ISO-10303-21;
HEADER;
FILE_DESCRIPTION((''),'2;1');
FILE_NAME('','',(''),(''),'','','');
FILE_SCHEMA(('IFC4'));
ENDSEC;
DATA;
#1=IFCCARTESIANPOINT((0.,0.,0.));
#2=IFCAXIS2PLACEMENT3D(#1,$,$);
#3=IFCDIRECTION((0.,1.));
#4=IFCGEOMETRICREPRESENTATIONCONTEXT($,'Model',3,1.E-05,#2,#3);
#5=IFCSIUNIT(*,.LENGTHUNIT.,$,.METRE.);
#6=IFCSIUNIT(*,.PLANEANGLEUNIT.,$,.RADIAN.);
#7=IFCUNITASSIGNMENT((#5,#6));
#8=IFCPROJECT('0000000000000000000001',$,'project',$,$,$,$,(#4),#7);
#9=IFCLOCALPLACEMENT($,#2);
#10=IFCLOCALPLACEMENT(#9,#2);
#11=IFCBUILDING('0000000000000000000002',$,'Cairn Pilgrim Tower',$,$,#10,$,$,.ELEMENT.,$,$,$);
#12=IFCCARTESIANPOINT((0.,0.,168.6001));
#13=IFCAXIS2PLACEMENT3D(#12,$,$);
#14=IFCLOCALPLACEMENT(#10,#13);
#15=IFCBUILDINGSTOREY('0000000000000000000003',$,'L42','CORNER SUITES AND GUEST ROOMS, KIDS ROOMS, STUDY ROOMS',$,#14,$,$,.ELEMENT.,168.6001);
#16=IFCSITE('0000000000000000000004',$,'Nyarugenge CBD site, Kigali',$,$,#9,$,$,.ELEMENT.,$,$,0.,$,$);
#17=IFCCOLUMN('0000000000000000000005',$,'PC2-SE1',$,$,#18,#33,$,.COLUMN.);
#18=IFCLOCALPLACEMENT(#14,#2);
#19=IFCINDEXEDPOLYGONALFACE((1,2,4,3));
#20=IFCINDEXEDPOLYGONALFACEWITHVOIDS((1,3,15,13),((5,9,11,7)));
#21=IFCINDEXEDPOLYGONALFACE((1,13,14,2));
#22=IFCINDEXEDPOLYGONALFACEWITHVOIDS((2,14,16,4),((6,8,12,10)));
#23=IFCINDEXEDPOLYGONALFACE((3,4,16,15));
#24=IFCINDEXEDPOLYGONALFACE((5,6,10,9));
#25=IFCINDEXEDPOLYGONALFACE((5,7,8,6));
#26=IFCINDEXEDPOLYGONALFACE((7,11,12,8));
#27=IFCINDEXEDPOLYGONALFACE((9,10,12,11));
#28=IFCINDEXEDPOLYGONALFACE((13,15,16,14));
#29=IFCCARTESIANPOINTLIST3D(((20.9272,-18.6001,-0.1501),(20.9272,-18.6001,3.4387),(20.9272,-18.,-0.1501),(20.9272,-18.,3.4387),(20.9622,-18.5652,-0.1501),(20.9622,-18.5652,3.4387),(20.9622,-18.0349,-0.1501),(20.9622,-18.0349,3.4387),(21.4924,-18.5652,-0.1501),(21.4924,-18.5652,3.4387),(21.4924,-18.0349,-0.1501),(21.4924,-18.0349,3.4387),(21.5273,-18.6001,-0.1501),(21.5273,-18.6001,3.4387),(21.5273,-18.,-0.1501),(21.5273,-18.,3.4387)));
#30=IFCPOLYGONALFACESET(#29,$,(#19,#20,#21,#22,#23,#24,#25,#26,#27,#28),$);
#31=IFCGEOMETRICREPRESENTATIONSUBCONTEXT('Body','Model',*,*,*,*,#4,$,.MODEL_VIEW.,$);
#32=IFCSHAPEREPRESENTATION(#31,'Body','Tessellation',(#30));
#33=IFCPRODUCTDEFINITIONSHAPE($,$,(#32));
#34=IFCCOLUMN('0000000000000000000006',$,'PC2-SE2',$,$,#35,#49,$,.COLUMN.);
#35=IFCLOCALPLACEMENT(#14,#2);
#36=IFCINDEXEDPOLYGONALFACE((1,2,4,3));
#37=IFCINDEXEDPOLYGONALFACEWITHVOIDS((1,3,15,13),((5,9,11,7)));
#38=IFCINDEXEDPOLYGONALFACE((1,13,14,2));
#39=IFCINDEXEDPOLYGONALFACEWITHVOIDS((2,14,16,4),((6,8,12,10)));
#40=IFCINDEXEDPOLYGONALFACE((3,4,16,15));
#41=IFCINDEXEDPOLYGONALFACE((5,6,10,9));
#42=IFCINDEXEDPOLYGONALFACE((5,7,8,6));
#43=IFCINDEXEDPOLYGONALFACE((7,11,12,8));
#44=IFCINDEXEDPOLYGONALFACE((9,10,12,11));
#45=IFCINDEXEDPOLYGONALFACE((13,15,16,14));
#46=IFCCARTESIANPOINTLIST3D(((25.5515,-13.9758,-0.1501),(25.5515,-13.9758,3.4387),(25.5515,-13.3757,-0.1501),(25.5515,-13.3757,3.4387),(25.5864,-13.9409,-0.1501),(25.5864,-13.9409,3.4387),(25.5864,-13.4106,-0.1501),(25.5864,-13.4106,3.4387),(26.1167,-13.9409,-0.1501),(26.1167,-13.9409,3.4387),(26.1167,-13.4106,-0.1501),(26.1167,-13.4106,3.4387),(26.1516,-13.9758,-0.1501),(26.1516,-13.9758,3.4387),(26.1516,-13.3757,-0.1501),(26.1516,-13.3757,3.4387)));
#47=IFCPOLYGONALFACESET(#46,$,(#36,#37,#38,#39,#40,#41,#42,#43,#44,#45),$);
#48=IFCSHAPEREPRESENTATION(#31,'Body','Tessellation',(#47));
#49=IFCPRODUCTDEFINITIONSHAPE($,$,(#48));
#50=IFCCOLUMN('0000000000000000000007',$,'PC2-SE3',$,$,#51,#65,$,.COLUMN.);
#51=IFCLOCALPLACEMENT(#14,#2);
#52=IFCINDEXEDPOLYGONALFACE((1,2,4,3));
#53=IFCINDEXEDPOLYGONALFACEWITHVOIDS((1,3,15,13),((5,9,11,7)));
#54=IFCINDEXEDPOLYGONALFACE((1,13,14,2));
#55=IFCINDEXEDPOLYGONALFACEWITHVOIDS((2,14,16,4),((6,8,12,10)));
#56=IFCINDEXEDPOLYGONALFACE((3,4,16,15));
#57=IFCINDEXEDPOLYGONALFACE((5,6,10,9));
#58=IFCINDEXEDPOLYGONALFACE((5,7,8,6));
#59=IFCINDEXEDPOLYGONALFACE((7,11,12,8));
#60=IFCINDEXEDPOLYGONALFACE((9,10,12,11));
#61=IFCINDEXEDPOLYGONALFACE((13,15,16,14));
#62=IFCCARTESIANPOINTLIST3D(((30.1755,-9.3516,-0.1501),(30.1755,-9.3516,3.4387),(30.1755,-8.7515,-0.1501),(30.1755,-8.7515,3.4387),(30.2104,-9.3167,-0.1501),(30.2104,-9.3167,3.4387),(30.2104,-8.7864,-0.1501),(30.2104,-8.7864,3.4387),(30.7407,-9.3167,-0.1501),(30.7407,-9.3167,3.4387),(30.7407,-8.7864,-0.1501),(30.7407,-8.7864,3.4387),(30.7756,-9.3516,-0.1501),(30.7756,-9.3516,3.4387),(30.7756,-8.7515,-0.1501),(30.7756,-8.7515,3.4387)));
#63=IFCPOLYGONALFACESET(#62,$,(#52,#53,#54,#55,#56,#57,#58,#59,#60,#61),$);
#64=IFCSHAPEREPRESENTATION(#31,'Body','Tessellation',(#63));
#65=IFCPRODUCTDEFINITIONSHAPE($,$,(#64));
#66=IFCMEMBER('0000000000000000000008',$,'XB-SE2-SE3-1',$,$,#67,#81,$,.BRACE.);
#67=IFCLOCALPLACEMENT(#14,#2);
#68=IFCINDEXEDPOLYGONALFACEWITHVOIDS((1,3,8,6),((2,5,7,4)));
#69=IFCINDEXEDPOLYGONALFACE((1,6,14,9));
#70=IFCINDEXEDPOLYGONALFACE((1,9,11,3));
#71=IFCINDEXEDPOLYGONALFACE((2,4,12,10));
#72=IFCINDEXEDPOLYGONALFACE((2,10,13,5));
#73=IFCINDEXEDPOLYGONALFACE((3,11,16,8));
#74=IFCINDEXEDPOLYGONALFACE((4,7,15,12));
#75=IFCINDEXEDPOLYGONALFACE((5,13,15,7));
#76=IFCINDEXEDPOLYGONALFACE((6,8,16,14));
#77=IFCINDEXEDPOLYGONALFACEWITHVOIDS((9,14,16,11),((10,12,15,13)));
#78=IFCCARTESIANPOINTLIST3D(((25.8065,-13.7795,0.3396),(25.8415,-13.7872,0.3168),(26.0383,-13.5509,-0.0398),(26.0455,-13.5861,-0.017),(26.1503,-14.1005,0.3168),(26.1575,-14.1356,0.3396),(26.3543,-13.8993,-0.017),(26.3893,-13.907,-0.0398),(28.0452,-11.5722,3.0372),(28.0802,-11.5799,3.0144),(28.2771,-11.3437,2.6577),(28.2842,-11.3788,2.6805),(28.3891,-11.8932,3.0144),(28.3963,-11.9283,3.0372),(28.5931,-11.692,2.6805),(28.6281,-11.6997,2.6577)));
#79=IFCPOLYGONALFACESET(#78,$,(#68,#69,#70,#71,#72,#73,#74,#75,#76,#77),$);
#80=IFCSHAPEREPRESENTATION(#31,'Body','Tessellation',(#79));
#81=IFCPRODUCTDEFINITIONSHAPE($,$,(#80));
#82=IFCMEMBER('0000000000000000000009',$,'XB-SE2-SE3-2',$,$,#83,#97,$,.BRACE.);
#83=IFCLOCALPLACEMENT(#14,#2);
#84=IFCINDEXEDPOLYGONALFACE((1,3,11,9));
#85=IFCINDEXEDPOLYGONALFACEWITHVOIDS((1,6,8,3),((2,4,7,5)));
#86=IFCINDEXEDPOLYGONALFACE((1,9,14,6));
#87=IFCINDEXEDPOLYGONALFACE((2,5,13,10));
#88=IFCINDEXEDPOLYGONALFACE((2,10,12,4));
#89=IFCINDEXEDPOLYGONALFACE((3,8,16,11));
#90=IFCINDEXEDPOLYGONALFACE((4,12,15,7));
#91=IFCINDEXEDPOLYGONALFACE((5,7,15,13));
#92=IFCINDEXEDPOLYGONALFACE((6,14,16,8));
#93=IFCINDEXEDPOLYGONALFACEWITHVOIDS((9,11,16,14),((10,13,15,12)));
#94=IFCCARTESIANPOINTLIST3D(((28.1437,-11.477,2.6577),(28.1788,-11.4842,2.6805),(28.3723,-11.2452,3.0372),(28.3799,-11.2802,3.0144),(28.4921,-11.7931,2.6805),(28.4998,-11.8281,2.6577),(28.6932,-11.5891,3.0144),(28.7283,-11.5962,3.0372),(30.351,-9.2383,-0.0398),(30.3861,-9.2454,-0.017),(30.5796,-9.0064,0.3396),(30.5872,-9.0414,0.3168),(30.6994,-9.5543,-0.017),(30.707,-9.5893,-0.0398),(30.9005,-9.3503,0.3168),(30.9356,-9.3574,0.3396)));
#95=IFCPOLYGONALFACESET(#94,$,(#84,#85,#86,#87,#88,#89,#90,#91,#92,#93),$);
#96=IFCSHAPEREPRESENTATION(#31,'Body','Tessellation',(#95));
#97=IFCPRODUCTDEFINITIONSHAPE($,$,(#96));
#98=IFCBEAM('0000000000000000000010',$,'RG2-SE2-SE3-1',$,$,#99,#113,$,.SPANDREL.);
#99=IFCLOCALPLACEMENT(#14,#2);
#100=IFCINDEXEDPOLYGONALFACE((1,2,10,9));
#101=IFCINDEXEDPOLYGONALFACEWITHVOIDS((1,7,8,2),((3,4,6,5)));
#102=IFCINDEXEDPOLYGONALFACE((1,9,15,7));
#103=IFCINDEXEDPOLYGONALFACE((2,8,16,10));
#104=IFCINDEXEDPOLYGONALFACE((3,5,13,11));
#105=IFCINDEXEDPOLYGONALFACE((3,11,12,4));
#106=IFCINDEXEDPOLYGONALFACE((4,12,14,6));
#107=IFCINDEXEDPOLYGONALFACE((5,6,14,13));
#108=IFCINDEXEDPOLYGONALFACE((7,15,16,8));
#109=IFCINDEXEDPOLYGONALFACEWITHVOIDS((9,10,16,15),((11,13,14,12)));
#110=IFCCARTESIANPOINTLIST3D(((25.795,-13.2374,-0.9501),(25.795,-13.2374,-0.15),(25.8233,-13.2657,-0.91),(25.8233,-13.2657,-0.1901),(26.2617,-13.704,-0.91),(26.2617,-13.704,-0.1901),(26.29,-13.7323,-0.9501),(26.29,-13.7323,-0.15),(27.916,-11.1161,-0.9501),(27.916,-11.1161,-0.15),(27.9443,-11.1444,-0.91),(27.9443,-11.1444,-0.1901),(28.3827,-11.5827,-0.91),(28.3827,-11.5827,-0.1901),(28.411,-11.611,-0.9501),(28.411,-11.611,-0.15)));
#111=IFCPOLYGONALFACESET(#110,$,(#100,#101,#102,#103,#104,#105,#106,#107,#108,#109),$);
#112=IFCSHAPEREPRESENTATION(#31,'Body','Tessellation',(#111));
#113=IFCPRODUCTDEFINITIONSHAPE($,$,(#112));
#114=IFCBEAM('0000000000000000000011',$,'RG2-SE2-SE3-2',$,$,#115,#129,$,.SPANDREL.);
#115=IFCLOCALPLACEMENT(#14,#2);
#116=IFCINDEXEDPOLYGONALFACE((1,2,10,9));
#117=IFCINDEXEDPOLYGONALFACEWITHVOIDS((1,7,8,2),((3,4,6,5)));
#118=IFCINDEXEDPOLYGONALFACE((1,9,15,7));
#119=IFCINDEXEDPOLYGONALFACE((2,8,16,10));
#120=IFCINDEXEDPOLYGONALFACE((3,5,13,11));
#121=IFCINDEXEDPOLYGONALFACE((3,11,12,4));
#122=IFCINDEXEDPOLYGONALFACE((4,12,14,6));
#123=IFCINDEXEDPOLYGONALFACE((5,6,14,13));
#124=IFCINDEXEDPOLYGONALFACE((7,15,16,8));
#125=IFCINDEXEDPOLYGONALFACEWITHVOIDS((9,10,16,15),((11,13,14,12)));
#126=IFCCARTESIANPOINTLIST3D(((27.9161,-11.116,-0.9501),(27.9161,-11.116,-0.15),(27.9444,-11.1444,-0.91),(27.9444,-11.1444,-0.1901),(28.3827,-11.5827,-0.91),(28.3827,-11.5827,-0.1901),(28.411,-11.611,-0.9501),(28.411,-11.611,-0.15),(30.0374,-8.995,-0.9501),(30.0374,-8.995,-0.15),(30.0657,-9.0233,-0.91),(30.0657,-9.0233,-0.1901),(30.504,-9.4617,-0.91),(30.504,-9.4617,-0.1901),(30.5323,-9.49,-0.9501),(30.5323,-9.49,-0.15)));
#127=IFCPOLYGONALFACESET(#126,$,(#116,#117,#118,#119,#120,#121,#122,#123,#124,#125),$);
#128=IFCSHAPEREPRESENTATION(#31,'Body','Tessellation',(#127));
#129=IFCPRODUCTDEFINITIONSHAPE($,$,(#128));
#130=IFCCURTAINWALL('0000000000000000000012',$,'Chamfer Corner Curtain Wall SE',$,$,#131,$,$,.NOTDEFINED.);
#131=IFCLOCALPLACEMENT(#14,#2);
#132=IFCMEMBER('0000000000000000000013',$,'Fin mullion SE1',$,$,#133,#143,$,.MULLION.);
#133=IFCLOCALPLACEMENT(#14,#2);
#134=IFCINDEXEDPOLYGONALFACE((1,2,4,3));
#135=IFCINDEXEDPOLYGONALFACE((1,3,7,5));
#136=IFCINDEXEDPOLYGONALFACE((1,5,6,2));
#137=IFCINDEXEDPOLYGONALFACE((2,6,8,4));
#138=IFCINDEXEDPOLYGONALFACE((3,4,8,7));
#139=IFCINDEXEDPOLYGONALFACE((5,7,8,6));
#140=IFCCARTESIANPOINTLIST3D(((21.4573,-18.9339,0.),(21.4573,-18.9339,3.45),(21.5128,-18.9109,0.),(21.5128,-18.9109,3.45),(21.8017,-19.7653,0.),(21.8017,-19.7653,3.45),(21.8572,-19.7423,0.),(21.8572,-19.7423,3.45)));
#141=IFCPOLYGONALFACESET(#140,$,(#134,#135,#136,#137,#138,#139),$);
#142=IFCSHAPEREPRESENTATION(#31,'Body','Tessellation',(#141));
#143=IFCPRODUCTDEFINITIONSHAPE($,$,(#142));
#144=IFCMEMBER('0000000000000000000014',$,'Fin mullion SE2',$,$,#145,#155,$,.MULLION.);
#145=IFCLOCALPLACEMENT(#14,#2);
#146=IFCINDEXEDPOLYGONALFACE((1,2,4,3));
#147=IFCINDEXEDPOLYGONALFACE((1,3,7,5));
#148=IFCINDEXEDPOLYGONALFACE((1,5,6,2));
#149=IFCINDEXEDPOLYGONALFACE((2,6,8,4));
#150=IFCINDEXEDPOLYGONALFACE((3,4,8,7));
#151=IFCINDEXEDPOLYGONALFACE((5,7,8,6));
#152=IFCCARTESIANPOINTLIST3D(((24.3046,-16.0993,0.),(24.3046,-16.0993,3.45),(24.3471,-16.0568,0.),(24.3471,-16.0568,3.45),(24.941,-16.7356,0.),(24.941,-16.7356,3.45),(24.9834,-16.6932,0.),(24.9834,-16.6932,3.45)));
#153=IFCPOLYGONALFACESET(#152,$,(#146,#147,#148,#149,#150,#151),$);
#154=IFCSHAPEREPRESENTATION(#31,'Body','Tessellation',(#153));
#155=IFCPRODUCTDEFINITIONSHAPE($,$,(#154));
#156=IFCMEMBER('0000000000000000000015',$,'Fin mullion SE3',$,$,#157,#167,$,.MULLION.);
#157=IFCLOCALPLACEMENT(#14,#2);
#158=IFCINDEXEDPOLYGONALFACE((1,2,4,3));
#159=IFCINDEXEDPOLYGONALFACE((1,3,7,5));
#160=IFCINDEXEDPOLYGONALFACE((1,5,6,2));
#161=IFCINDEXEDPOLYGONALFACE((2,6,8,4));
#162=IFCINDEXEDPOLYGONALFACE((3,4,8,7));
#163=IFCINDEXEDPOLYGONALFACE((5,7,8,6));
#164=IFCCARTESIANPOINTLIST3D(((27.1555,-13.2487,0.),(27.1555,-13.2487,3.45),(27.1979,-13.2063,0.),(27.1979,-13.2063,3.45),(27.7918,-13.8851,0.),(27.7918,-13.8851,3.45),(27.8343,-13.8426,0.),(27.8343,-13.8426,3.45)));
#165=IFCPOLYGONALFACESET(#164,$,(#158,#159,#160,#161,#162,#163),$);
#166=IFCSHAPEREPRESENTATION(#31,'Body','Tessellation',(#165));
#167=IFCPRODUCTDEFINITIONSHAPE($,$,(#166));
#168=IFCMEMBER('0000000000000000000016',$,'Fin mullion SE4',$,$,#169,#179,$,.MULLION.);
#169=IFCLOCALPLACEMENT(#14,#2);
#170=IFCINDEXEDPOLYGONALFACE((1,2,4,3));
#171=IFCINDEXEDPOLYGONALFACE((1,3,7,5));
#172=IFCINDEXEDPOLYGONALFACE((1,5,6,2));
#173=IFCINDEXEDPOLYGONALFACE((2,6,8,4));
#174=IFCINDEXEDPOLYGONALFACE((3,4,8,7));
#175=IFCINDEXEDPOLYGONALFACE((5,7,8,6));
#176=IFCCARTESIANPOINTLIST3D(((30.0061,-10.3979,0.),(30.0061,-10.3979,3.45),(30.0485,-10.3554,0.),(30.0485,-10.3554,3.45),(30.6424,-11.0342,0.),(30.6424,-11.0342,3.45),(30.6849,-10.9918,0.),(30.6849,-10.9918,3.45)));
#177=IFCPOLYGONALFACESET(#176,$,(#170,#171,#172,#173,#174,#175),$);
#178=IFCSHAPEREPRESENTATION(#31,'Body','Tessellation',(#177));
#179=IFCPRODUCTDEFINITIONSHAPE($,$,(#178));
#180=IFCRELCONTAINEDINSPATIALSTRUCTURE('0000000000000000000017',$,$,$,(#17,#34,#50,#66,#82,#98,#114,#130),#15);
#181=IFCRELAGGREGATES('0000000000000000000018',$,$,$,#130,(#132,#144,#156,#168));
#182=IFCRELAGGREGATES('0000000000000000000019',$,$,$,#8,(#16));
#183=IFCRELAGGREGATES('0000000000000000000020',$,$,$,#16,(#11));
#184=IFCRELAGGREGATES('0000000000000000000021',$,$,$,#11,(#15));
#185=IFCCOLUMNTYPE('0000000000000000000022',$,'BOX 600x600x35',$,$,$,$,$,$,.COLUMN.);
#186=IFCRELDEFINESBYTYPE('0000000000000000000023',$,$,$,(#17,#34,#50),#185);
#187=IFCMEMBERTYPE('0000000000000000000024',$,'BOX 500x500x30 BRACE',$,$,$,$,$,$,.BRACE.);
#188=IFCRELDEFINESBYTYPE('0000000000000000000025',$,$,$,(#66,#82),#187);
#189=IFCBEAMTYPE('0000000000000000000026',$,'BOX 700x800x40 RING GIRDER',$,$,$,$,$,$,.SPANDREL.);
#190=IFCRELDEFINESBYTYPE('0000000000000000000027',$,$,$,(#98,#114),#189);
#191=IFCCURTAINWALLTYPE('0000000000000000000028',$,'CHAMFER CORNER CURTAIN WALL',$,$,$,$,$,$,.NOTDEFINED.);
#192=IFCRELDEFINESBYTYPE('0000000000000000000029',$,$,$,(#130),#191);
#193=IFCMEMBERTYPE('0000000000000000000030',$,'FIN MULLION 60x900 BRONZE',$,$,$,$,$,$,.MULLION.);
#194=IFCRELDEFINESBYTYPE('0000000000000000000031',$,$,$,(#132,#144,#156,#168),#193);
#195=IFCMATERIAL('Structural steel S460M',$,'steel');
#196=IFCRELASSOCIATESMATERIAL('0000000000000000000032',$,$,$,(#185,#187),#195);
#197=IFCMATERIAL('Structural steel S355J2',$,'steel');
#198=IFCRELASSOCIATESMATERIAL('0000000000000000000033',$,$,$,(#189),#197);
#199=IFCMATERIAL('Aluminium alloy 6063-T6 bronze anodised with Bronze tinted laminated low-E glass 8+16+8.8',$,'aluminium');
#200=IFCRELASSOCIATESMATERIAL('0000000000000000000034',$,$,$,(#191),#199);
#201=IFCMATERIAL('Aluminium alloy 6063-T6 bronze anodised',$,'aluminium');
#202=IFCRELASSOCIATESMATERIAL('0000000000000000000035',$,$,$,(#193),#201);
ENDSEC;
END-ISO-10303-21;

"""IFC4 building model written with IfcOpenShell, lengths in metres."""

from ifc_helpers import new_model, si_unit, direction, frame, origin, origin_2d, place, context, subcontext, project, spatial, rectangle, hollow_rectangle, extrude, clip, halfspace, material, material_profile, profile_set, type_object, element, aggregate, save


model = new_model("IFC4")

# Units and contexts
model_context = context("Model", 3, precision=1e-05, world=origin(), true_north=direction((0.0, 1.0)))
body_context = subcontext(model_context, "Body", "Model", "MODEL_VIEW")
ifc_project = project(units=[si_unit("LENGTHUNIT", "METRE"), si_unit("PLANEANGLEUNIT", "RADIAN")], contexts=[model_context])

# Site, building, storey
site_placement = place(None, origin())
site = spatial("IfcSite", under=ifc_project, at=site_placement, Name="Nyarugenge CBD site, Kigali", CompositionType="ELEMENT", RefElevation=0.0)
building_placement = place(site_placement, origin())
building = spatial("IfcBuilding", under=site, at=building_placement, Name="Cairn Pilgrim Tower", CompositionType="ELEMENT")
storey_placement = place(building_placement, frame((0.0, 0.0, 168.6001)))
storey = spatial("IfcBuildingStorey", under=building, at=storey_placement, Name="L42", Description="CORNER SUITES AND GUEST ROOMS, KIDS ROOMS, STUDY ROOMS", CompositionType="ELEMENT", Elevation=168.6001)

# Columns
ifc_material_1 = material(Name="Structural steel S460M", Category="steel")
ifc_material_profile_1 = material_profile(ifc_material_1, hollow_rectangle(XDim=0.6001, YDim=0.6001, WallThickness=0.0349, at=origin_2d()), Name="BOX 600x600x35")
ifc_profile_set_1 = profile_set([ifc_material_profile_1], Name="Structural steel S460M")
column_type = type_object("IfcColumnType", Name="BOX 600x600x35", PredefinedType="COLUMN", material=ifc_profile_set_1)
for number, where, z_axis, x_axis, name in (
    (1, (21.2273, -18.3, -0.1501), (0.0, 0.0, 1.0), (1.0, 0.0, 0.0), "PC2-SE1"),
    (2, (25.8516, -13.6758, -0.1501), (0.0, 0.0, 1.0), (1.0, 0.0, 0.0), "PC2-SE2"),
    (3, (30.4756, -9.0515, -0.1501), (0.0, 0.0, 1.0), (1.0, 0.0, 0.0), "PC2-SE3"),
):
    element("IfcColumn", number, at=place(storey_placement, frame(where, z_axis=z_axis, x_axis=x_axis)), inside=storey, type_object=column_type, Name=name, PredefinedType="COLUMN", context=body_context, shape_type="Clipping", body=[
        clip(extrude(hollow_rectangle(XDim=0.6001, YDim=0.6001, WallThickness=0.0349, at=origin_2d()), origin(), (0.0, 0.0, 1.0), 3.6001), halfspace(frame((0.0, 0.0, 3.5889), z_axis=(0.0, 0.0, 1.0), x_axis=(1.0, 0.0, 0.0)), False)),
    ])

# Members
ifc_material_profile_2 = material_profile(ifc_material_1, hollow_rectangle(XDim=0.5, YDim=0.5, WallThickness=0.03, at=origin_2d()), Name="BOX 500x500x30")
ifc_profile_set_2 = profile_set([ifc_material_profile_2], Name="Structural steel S460M")
member_type_1 = type_object("IfcMemberType", Name="BOX 500x500x30 BRACE", PredefinedType="BRACE", material=ifc_profile_set_2)
for number, where, z_axis, x_axis, name in (
    (4, (26.0979, -13.8433, 0.1499), (0.540433, 0.53283, 0.651171), (-0.70208, 0.712098, 0.0), "XB-SE2-SE3-1"),
    (5, (30.6433, -9.2979, 0.1499), (-0.53283, -0.540433, 0.651171), (0.712098, -0.70208, 0.0), "XB-SE2-SE3-2"),
):
    element("IfcMember", number, at=place(storey_placement, frame(where, z_axis=z_axis, x_axis=x_axis)), inside=storey, type_object=member_type_1, Name=name, PredefinedType="BRACE", context=body_context, shape_type="SweptSolid", body=[
        extrude(hollow_rectangle(XDim=0.5, YDim=0.5, WallThickness=0.03, at=origin_2d()), origin(), (0.0, 0.0, 1.0), 4.1426),
    ])

# Beams
ifc_material_2 = material(Name="Structural steel S355J2", Category="steel")
ifc_material_profile_3 = material_profile(ifc_material_2, hollow_rectangle(XDim=0.7, YDim=0.8, WallThickness=0.04, at=origin_2d()), Name="BOX 700x800x40")
ifc_profile_set_3 = profile_set([ifc_material_profile_3], Name="Structural steel S355J2")
beam_type_1 = type_object("IfcBeamType", Name="BOX 700x800x40 RING GIRDER", PredefinedType="SPANDREL", material=ifc_profile_set_3)
for number, where, z_axis, x_axis, name in (
    (6, (26.0425, -13.4849, -0.55), (0.707066, 0.707147, 0.0), (-0.707147, 0.707066, 0.0), "RG2-SE2-SE3-1"),
    (7, (28.1636, -11.3635, -0.55), (0.707147, 0.707066, 0.0), (-0.707066, 0.707147, 0.0), "RG2-SE2-SE3-2"),
):
    element("IfcBeam", number, at=place(storey_placement, frame(where, z_axis=z_axis, x_axis=x_axis)), inside=storey, type_object=beam_type_1, Name=name, PredefinedType="SPANDREL", context=body_context, shape_type="SweptSolid", body=[
        extrude(hollow_rectangle(XDim=0.7, YDim=0.8, WallThickness=0.04, at=origin_2d()), origin(), (0.0, 0.0, 1.0), 2.9998),
    ])

# Curtain wall, members
ifc_material_3 = material(Name="Aluminium alloy 6063-T6 bronze anodised with Bronze tinted laminated low-E glass 8+16+8.8", Category="aluminium")
curtain_wall_type = type_object("IfcCurtainWallType", Name="CHAMFER CORNER CURTAIN WALL", PredefinedType="NOTDEFINED", material=ifc_material_3)
curtain_wall_placement = place(storey_placement, origin())
curtain_wall = element("IfcCurtainWall", 8, at=curtain_wall_placement, inside=storey, type_object=curtain_wall_type, Name="Chamfer Corner Curtain Wall SE", PredefinedType="NOTDEFINED")
ifc_material_4 = material(Name="Aluminium alloy 6063-T6 bronze anodised", Category="aluminium")
ifc_material_profile_4 = material_profile(ifc_material_4, rectangle(XDim=0.8999, YDim=0.0601, at=origin_2d()), Name="FIN MULLION 60x900 BRONZE")
ifc_profile_set_4 = profile_set([ifc_material_profile_4], Name="Aluminium alloy 6063-T6 bronze anodised")
member_type_2 = type_object("IfcMemberType", Name="FIN MULLION 60x900 BRONZE", PredefinedType="MULLION", material=ifc_profile_set_4)
member_1_placement = place(storey_placement, frame((21.6572, -19.3381, 0.0), z_axis=(0.0, 0.0, 1.0), x_axis=(0.382683, -0.92388, 0.0)))
member_1 = element("IfcMember", 9, at=member_1_placement, type_object=member_type_2, Name="Fin mullion SE1", PredefinedType="MULLION", context=body_context, shape_type="SweptSolid", body=[
    extrude(rectangle(XDim=0.8999, YDim=0.0601, at=origin_2d()), origin(), (0.0, 0.0, 1.0), 3.45),
])
member_2_placement = place(storey_placement, frame((24.644, -16.3962, 0.0), z_axis=(0.0, 0.0, 1.0), x_axis=(0.707107, -0.707107, 0.0)))
member_2 = element("IfcMember", 10, at=member_2_placement, type_object=member_type_2, Name="Fin mullion SE2", PredefinedType="MULLION", context=body_context, shape_type="SweptSolid", body=[
    extrude(rectangle(XDim=0.8999, YDim=0.0601, at=origin_2d()), origin(), (0.0, 0.0, 1.0), 3.45),
])
member_3_placement = place(storey_placement, frame((27.4949, -13.5457, 0.0), z_axis=(0.0, 0.0, 1.0), x_axis=(0.707107, -0.707107, 0.0)))
member_3 = element("IfcMember", 11, at=member_3_placement, type_object=member_type_2, Name="Fin mullion SE3", PredefinedType="MULLION", context=body_context, shape_type="SweptSolid", body=[
    extrude(rectangle(XDim=0.8999, YDim=0.0601, at=origin_2d()), origin(), (0.0, 0.0, 1.0), 3.45),
])
member_4_placement = place(storey_placement, frame((30.3455, -10.6948, 0.0), z_axis=(0.0, 0.0, 1.0), x_axis=(0.707107, -0.707107, 0.0)))
member_4 = element("IfcMember", 12, at=member_4_placement, type_object=member_type_2, Name="Fin mullion SE4", PredefinedType="MULLION", context=body_context, shape_type="SweptSolid", body=[
    extrude(rectangle(XDim=0.8999, YDim=0.0601, at=origin_2d()), origin(), (0.0, 0.0, 1.0), 3.45),
])

aggregate(curtain_wall, [member_1, member_2, member_3, member_4])

save(model, "model.ifc")
